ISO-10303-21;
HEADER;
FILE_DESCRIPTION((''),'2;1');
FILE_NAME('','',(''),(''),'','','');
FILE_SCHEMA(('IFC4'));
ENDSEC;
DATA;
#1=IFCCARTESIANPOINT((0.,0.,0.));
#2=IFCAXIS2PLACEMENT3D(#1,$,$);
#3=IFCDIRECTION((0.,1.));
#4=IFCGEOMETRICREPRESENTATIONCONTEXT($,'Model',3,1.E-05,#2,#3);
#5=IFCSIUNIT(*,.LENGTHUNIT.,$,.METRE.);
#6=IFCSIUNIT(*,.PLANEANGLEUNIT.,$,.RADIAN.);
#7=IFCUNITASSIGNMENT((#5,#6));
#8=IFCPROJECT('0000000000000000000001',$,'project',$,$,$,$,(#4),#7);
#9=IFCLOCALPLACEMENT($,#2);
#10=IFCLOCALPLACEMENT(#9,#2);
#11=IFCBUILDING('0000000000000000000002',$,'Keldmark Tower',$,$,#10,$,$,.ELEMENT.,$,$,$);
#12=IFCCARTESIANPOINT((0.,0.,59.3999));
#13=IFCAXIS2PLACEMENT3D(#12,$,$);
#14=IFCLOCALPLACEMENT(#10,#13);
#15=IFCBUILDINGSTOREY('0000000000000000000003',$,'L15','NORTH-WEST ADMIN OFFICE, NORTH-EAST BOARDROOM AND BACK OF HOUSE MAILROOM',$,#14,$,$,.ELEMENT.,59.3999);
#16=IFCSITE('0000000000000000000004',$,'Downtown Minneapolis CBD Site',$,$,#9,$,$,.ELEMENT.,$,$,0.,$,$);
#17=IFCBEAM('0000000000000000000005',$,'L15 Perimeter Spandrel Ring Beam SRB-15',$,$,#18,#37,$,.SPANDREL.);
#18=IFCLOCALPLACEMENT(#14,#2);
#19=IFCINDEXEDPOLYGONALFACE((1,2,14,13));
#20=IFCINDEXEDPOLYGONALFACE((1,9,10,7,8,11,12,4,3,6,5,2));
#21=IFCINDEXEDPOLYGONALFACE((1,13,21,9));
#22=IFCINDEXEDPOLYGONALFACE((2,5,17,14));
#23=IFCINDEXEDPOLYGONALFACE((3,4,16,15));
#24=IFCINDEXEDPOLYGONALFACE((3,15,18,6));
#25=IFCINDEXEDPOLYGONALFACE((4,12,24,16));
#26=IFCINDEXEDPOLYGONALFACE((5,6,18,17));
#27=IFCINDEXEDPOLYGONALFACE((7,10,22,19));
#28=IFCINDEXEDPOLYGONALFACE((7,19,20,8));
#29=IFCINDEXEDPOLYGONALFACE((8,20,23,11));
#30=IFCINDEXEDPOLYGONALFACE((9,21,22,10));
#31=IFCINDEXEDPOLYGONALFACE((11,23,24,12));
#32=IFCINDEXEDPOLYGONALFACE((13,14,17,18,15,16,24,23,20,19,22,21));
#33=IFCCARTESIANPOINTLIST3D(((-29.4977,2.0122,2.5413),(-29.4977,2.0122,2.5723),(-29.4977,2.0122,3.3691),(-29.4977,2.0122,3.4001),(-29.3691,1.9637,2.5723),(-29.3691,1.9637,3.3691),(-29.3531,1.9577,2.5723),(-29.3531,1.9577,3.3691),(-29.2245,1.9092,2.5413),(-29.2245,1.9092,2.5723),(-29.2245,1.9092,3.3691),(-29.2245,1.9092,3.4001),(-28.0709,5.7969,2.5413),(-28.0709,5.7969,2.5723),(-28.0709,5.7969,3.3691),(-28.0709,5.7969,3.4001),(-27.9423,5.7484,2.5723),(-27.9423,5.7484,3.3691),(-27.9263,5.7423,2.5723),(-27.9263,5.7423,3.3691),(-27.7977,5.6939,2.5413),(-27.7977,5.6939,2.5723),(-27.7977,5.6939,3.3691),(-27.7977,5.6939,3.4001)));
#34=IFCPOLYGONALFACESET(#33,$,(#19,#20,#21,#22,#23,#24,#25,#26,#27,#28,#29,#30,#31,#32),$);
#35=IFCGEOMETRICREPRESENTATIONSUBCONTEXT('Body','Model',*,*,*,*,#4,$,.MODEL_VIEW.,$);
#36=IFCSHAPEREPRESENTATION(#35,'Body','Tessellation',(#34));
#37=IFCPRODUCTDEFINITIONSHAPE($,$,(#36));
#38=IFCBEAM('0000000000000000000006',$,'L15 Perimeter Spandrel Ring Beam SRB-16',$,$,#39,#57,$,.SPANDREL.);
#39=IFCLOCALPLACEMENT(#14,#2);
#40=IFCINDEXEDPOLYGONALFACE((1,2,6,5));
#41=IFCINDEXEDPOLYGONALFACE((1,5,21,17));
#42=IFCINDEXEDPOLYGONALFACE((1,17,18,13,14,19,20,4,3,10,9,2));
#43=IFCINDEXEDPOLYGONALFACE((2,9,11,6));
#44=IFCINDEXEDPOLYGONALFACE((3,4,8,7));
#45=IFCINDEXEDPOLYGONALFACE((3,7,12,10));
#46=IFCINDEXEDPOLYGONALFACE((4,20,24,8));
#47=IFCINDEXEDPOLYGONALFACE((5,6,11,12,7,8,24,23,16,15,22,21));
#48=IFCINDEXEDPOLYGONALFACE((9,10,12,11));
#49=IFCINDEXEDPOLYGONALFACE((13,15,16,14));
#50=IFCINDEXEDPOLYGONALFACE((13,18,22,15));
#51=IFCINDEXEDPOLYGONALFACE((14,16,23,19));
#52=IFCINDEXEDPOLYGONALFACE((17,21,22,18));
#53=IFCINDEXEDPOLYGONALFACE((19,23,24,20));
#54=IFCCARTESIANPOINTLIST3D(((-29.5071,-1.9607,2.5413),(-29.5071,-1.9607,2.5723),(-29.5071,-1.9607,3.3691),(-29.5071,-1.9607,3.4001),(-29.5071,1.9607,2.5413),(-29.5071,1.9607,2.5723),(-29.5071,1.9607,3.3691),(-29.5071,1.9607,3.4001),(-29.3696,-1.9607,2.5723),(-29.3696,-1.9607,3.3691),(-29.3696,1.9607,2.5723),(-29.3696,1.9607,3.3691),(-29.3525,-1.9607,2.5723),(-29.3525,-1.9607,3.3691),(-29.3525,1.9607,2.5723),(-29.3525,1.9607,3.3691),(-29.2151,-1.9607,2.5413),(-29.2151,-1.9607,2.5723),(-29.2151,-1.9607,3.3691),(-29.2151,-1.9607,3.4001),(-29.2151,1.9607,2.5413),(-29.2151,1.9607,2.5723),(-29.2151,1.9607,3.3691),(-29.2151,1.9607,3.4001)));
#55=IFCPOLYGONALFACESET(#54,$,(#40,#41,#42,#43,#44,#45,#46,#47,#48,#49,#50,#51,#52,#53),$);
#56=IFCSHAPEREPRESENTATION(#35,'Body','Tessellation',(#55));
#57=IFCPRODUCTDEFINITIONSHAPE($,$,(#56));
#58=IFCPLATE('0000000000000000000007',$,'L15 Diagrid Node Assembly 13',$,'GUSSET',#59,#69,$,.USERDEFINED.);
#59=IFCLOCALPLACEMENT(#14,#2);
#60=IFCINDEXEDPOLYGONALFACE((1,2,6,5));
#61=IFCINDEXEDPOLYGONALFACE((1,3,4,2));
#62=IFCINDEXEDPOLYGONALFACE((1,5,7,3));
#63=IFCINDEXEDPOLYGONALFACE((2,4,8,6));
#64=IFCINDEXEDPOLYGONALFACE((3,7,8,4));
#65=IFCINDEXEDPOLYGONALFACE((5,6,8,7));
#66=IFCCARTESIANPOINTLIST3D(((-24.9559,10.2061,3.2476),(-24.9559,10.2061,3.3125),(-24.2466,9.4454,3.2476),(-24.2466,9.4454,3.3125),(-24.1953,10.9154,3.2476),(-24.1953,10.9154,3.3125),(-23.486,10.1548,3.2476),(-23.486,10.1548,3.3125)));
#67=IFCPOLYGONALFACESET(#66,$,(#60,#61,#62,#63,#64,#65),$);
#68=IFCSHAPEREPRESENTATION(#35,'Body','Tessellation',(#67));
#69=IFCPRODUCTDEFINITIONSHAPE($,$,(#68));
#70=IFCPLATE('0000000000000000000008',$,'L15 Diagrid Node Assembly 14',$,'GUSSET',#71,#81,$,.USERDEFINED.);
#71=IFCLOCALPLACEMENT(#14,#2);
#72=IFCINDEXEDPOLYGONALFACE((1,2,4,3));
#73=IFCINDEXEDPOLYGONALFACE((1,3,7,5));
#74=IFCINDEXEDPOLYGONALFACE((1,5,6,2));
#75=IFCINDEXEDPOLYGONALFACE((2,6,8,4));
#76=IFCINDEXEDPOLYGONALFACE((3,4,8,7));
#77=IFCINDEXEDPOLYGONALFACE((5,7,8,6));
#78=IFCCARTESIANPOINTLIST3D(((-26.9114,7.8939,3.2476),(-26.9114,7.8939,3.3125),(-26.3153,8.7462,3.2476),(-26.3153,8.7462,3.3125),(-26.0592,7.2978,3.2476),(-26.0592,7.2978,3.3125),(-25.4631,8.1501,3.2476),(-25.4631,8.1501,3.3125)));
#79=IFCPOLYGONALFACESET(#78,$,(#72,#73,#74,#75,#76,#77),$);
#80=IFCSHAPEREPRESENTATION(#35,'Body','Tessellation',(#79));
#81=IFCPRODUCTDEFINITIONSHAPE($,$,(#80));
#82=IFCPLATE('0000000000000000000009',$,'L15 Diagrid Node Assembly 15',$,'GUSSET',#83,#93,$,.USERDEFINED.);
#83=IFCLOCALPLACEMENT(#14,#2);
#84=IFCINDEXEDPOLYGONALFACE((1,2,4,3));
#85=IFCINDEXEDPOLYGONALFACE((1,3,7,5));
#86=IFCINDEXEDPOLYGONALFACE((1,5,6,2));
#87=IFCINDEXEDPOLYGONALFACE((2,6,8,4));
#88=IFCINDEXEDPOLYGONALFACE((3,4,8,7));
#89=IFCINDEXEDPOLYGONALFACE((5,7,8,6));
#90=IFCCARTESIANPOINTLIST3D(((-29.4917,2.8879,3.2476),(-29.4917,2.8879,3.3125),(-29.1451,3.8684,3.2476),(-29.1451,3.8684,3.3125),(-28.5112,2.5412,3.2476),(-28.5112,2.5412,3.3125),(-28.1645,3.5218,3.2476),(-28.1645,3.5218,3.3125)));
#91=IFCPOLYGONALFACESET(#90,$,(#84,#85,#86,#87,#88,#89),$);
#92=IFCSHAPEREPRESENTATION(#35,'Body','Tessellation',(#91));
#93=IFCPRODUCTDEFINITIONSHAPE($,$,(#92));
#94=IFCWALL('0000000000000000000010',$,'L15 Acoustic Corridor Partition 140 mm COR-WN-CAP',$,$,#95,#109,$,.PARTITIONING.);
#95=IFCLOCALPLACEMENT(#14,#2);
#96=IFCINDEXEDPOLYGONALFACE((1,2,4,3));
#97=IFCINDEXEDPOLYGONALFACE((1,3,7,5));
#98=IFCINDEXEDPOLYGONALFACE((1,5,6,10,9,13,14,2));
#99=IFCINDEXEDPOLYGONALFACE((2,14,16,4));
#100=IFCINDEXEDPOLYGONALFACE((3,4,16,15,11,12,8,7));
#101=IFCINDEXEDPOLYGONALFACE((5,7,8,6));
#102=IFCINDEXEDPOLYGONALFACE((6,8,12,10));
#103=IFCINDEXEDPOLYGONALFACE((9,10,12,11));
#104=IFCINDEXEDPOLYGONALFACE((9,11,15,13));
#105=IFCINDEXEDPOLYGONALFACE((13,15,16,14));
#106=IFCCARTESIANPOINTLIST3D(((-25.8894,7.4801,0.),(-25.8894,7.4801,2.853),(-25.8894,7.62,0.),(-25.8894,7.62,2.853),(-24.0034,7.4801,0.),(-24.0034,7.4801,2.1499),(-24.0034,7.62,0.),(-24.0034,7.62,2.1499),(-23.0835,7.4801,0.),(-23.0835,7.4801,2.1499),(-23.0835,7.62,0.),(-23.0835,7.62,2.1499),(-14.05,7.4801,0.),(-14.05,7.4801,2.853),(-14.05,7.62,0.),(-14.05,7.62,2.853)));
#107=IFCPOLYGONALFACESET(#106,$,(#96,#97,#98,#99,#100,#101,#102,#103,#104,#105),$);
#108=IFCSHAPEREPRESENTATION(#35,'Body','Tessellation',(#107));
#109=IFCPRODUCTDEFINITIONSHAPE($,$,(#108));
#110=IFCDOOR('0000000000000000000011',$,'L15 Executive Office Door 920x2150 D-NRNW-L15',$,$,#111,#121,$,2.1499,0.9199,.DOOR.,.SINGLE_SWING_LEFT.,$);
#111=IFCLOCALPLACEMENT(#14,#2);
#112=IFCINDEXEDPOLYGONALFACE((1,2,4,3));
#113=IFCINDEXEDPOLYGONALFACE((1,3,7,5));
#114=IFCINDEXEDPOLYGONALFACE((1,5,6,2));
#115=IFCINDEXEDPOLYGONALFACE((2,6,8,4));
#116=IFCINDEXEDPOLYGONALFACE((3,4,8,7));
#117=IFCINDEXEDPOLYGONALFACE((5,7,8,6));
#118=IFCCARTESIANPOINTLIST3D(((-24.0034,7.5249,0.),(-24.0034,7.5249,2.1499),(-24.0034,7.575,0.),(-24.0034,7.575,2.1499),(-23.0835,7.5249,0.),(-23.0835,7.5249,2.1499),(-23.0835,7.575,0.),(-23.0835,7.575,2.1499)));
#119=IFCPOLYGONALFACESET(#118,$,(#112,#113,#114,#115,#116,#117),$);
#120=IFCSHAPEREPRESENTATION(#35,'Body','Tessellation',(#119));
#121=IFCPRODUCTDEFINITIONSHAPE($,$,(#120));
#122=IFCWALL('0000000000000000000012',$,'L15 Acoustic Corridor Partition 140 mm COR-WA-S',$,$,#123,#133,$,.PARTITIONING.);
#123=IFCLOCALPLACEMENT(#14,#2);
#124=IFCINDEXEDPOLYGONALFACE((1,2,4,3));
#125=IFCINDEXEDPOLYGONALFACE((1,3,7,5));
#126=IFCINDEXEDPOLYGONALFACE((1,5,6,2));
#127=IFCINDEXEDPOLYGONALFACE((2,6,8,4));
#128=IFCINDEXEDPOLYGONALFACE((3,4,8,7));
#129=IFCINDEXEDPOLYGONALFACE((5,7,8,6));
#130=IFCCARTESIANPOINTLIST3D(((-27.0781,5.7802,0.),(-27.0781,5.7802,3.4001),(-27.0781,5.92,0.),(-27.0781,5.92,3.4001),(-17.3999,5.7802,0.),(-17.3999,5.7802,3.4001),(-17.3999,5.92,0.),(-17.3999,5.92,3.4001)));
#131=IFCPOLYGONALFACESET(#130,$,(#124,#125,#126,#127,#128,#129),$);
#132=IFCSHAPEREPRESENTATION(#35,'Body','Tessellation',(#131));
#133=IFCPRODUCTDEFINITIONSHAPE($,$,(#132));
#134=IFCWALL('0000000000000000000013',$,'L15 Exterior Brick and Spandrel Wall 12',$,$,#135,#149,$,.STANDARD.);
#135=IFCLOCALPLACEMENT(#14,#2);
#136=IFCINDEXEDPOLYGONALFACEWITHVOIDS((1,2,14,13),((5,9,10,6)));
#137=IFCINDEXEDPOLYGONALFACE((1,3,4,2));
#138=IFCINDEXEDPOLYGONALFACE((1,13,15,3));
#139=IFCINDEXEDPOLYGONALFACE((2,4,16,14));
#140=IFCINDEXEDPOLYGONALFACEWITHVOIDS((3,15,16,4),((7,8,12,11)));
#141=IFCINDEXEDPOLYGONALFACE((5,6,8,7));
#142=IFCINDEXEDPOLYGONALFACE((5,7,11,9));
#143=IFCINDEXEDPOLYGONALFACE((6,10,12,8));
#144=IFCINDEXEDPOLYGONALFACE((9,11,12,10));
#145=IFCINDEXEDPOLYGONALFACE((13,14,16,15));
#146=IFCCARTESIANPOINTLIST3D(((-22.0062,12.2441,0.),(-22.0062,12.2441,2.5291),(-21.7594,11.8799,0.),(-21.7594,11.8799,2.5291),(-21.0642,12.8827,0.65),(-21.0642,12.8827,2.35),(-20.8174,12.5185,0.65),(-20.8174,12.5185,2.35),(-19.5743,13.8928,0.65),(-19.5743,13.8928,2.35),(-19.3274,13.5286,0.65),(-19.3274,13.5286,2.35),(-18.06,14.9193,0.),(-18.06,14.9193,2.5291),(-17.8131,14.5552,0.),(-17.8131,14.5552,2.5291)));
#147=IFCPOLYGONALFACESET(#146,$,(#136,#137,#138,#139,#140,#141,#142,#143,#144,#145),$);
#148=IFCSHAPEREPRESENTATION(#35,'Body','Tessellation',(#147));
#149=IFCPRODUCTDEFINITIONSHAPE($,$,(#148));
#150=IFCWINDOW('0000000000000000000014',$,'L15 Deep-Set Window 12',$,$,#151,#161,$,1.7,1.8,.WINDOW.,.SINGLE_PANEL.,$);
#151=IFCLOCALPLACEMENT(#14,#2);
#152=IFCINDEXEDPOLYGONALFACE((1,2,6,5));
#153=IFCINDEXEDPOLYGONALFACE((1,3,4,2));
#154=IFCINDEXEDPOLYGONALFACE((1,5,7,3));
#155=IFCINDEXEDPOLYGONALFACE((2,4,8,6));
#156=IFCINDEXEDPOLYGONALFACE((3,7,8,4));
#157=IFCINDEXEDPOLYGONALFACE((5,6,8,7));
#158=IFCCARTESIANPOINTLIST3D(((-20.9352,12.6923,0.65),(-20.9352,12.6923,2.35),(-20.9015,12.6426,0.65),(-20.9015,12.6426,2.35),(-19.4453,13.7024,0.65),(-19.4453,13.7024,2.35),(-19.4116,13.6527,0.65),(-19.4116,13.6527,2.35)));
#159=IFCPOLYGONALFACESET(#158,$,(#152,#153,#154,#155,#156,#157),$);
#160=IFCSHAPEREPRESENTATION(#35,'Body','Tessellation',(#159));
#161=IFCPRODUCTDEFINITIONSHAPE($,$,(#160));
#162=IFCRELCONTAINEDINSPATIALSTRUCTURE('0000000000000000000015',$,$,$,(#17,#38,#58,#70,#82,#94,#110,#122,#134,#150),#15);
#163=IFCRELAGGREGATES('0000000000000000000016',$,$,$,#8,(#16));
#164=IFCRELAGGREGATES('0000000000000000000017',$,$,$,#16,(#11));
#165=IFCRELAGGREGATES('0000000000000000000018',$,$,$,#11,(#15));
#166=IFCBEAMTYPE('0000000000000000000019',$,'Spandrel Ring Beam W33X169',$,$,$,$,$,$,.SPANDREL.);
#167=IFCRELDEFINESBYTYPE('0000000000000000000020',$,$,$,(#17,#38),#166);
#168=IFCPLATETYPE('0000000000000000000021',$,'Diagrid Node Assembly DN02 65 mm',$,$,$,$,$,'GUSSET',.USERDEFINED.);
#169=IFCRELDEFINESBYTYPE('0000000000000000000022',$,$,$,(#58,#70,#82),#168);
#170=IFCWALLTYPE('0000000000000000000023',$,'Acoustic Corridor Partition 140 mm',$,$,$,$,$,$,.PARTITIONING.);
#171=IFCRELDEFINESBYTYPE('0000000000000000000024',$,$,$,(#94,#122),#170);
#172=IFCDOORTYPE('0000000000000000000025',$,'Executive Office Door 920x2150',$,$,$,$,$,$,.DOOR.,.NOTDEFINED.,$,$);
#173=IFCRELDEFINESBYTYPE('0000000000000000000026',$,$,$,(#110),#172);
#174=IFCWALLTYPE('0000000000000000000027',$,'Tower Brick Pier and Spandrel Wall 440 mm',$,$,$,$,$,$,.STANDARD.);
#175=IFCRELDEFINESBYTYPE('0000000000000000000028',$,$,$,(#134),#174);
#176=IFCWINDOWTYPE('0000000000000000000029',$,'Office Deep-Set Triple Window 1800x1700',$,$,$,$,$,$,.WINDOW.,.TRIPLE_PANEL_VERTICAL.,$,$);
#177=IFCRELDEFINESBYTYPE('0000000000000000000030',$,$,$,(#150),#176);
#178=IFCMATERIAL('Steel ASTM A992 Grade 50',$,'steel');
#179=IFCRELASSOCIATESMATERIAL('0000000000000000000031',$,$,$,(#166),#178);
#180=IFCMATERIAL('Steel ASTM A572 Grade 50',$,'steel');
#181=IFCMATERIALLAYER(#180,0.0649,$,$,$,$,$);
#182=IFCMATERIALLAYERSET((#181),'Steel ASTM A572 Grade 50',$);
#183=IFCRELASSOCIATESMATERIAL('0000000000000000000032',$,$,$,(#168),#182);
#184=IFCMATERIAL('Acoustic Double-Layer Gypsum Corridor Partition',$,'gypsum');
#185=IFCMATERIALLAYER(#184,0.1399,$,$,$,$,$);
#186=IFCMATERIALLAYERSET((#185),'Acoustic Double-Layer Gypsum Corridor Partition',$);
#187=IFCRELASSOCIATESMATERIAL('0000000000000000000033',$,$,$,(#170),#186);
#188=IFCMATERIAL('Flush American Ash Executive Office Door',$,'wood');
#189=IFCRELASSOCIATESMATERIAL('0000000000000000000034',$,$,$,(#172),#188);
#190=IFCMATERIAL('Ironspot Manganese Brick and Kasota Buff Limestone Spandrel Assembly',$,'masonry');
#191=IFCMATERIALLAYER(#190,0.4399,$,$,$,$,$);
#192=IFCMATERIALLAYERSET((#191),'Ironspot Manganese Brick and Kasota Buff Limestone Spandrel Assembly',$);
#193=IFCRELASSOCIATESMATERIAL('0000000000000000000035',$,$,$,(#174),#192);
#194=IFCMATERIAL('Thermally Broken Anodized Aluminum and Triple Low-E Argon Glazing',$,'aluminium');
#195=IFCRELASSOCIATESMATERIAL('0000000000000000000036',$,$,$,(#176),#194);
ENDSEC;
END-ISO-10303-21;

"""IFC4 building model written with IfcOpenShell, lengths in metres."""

from ifc_helpers import new_model, si_unit, direction, frame, frame_2d, origin, origin_2d, place, context, subcontext, project, spatial, rectangle, i_section, extrude, material, layer, layer_set, material_profile, profile_set, type_object, element, fill, save


model = new_model("IFC4")

# Units and contexts
model_context = context("Model", 3, precision=1e-05, world=origin(), true_north=direction((0.0, 1.0)))
body_context = subcontext(model_context, "Body", "Model", "MODEL_VIEW")
ifc_project = project(units=[si_unit("LENGTHUNIT", "METRE"), si_unit("PLANEANGLEUNIT", "RADIAN")], contexts=[model_context])

# Site, building, storey
site_placement = place(None, origin())
site = spatial("IfcSite", under=ifc_project, at=site_placement, Name="Downtown Minneapolis CBD Site", CompositionType="ELEMENT", RefElevation=0.0)
building_placement = place(site_placement, origin())
building = spatial("IfcBuilding", under=site, at=building_placement, Name="Keldmark Tower", CompositionType="ELEMENT")
storey_placement = place(building_placement, frame((0.0, 0.0, 59.3999)))
storey = spatial("IfcBuildingStorey", under=building, at=storey_placement, Name="L15", Description="NORTH-WEST ADMIN OFFICE, NORTH-EAST BOARDROOM AND BACK OF HOUSE MAILROOM", CompositionType="ELEMENT", Elevation=59.3999)

# Beams
ifc_material_1 = material(Name="Steel ASTM A992 Grade 50", Category="steel")
ifc_material_profile_1 = material_profile(ifc_material_1, i_section(OverallWidth=0.292, OverallDepth=0.8589, WebThickness=0.0171, FlangeThickness=0.031, at=origin_2d()), Name="W33X169")
ifc_profile_set_1 = profile_set([ifc_material_profile_1], Name="Steel ASTM A992 Grade 50")
beam_type_1 = type_object("IfcBeamType", Name="Spandrel Ring Beam W33X169", PredefinedType="SPANDREL", material=ifc_profile_set_1)
beam_1_placement = place(storey_placement, frame((-27.9343, 5.7454, 2.9707), z_axis=(-0.35275, -0.935718, 0.0), x_axis=(0.935718, -0.35275, 0.0)))
element("IfcBeam", 1, at=beam_1_placement, inside=storey, type_object=beam_type_1, Name="L15 Perimeter Spandrel Ring Beam SRB-15", PredefinedType="SPANDREL", context=body_context, shape_type="SweptSolid", body=[
    extrude(i_section(OverallWidth=0.292, OverallDepth=0.8589, WebThickness=0.0171, FlangeThickness=0.031, at=origin_2d()), origin(), (0.0, 0.0, 1.0), 4.0447),
])
beam_2_placement = place(storey_placement, frame((-29.3611, 1.9607, 2.9707), z_axis=(0.0, -1.0, 0.0), x_axis=(1.0, 0.0, 0.0)))
element("IfcBeam", 2, at=beam_2_placement, inside=storey, type_object=beam_type_1, Name="L15 Perimeter Spandrel Ring Beam SRB-16", PredefinedType="SPANDREL", context=body_context, shape_type="SweptSolid", body=[
    extrude(i_section(OverallWidth=0.292, OverallDepth=0.8589, WebThickness=0.0171, FlangeThickness=0.031, at=origin_2d()), origin(), (0.0, 0.0, 1.0), 3.9214),
])

# Plates
ifc_material_2 = material(Name="Steel ASTM A572 Grade 50", Category="steel")
ifc_layer_1 = layer(ifc_material_2, 0.0649)
ifc_layer_set_1 = layer_set([ifc_layer_1], Name="Steel ASTM A572 Grade 50")
plate_type = type_object("IfcPlateType", Name="Diagrid Node Assembly DN02 65 mm", ElementType="GUSSET", PredefinedType="USERDEFINED", material=ifc_layer_set_1)
for number, where, z_axis, x_axis, name in (
    (3, (-24.2209, 10.1804, 3.2476), (0.0, 0.0, 1.0), (-0.731354, -0.681998, 0.0), "L15 Diagrid Node Assembly 13"),
    (4, (-26.1873, 8.022, 3.2476), (0.0, 0.0, 1.0), (-0.573147, -0.819452, 0.0), "L15 Diagrid Node Assembly 14"),
    (5, (-28.8281, 3.2048, 3.2476), (0.0, 0.0, 1.0), (-0.333313, -0.942816, 0.0), "L15 Diagrid Node Assembly 15"),
):
    element("IfcPlate", number, at=place(storey_placement, frame(where, z_axis=z_axis, x_axis=x_axis)), inside=storey, type_object=plate_type, Name=name, ObjectType="GUSSET", PredefinedType="USERDEFINED", context=body_context, shape_type="SweptSolid", body=[
        extrude(rectangle(XDim=1.04, YDim=1.04, at=origin_2d()), origin(), (0.0, 0.0, 1.0), 0.0649),
    ])

# Wall, opening, door
ifc_material_3 = material(Name="Acoustic Double-Layer Gypsum Corridor Partition", Category="gypsum")
ifc_layer_2 = layer(ifc_material_3, 0.1399)
ifc_layer_set_2 = layer_set([ifc_layer_2], Name="Acoustic Double-Layer Gypsum Corridor Partition")
wall_type_1 = type_object("IfcWallType", Name="Acoustic Corridor Partition 140 mm", PredefinedType="PARTITIONING", material=ifc_layer_set_2)
wall_1_placement = place(storey_placement, frame((-25.8894, 7.55, 0.0), z_axis=(0.0, 0.0, 1.0), x_axis=(1.0, 0.0, 0.0)))
wall_1 = element("IfcWall", 6, at=wall_1_placement, inside=storey, type_object=wall_type_1, Name="L15 Acoustic Corridor Partition 140 mm COR-WN-CAP", PredefinedType="PARTITIONING", context=body_context, shape_type="SweptSolid", body=[
    extrude(rectangle(XDim=11.8394, YDim=0.1399, at=frame_2d((5.9197, 0.0))), origin(), (0.0, 0.0, 1.0), 2.853),
])
opening_1_placement = place(wall_1_placement, frame((1.886, 0.0, 0.0)))
opening_1 = element("IfcOpeningElement", 7, at=opening_1_placement, cuts=wall_1, PredefinedType="OPENING", context=body_context, shape_type="SweptSolid", body=[
    extrude(rectangle(XDim=0.9199, YDim=2.1499, at=frame_2d((0.46, 1.075))), frame((0.0, 0.0798, 0.0), z_axis=(0.0, -1.0, 0.0), x_axis=(1.0, 0.0, 0.0)), (0.0, 0.0, 1.0), 0.1599),
])
ifc_material_4 = material(Name="Flush American Ash Executive Office Door", Category="wood")
door_type = type_object("IfcDoorType", Name="Executive Office Door 920x2150", OperationType="NOTDEFINED", PredefinedType="DOOR", material=ifc_material_4)
door_placement = place(opening_1_placement, origin())
door = element("IfcDoor", 8, at=door_placement, inside=storey, type_object=door_type, Name="L15 Executive Office Door 920x2150 D-NRNW-L15", OperationType="SINGLE_SWING_LEFT", OverallHeight=2.1499, OverallWidth=0.9199, PredefinedType="DOOR", context=body_context, shape_type="SweptSolid", body=[
    extrude(rectangle(XDim=0.9199, YDim=2.1499, at=frame_2d((0.46, 1.075))), frame((0.0, 0.0249, 0.0), z_axis=(0.0, -1.0, 0.0), x_axis=(1.0, 0.0, 0.0)), (0.0, 0.0, 1.0), 0.05),
])
fill(opening_1, door)

# Wall
wall_2_placement = place(storey_placement, frame((-27.0781, 5.8501, 0.0), z_axis=(0.0, 0.0, 1.0), x_axis=(1.0, 0.0, 0.0)))
element("IfcWall", 9, at=wall_2_placement, inside=storey, type_object=wall_type_1, Name="L15 Acoustic Corridor Partition 140 mm COR-WA-S", PredefinedType="PARTITIONING", context=body_context, shape_type="SweptSolid", body=[
    extrude(rectangle(XDim=9.6782, YDim=0.1399, at=frame_2d((4.8391, 0.0))), origin(), (0.0, 0.0, 1.0), 3.4001),
])

# Wall, opening, window
ifc_material_5 = material(Name="Ironspot Manganese Brick and Kasota Buff Limestone Spandrel Assembly", Category="masonry")
ifc_layer_3 = layer(ifc_material_5, 0.4399)
ifc_layer_set_3 = layer_set([ifc_layer_3], Name="Ironspot Manganese Brick and Kasota Buff Limestone Spandrel Assembly")
wall_type_2 = type_object("IfcWallType", Name="Tower Brick Pier and Spandrel Wall 440 mm", PredefinedType="STANDARD", material=ifc_layer_set_3)
wall_3_placement = place(storey_placement, frame((-21.8828, 12.062, 0.0), z_axis=(0.0, 0.0, 1.0), x_axis=(0.827724, 0.561136, 0.0)))
wall_3 = element("IfcWall", 10, at=wall_3_placement, inside=storey, type_object=wall_type_2, Name="L15 Exterior Brick and Spandrel Wall 12", PredefinedType="STANDARD", context=body_context, shape_type="SweptSolid", body=[
    extrude(rectangle(XDim=4.7676, YDim=0.4399, at=frame_2d((2.3838, 0.0))), origin(), (0.0, 0.0, 1.0), 2.5291),
])
opening_2_placement = place(wall_3_placement, frame((1.1382, 0.0, 0.6499)))
opening_2 = element("IfcOpeningElement", 11, at=opening_2_placement, cuts=wall_3, PredefinedType="OPENING", context=body_context, shape_type="SweptSolid", body=[
    extrude(rectangle(XDim=1.8, YDim=1.7, at=frame_2d((0.8999, 0.8501))), frame((0.0, 0.23, 0.0), z_axis=(0.0, -1.0, 0.0), x_axis=(1.0, 0.0, 0.0)), (0.0, 0.0, 1.0), 0.46),
])
ifc_material_6 = material(Name="Thermally Broken Anodized Aluminum and Triple Low-E Argon Glazing", Category="aluminium")
window_type_1 = type_object("IfcWindowType", Name="Office Deep-Set Triple Window 1800x1700", PartitioningType="TRIPLE_PANEL_VERTICAL", PredefinedType="WINDOW", material=ifc_material_6)
window_1_placement = place(opening_2_placement, origin())
window_1 = element("IfcWindow", 12, at=window_1_placement, inside=storey, type_object=window_type_1, Name="L15 Deep-Set Window 12", OverallHeight=1.7, OverallWidth=1.8, PartitioningType="SINGLE_PANEL", PredefinedType="WINDOW", context=body_context, shape_type="SweptSolid", body=[
    extrude(rectangle(XDim=1.8, YDim=1.7, at=frame_2d((0.8999, 0.8501))), frame((0.0, -0.01, 0.0), z_axis=(0.0, -1.0, 0.0), x_axis=(1.0, 0.0, 0.0)), (0.0, 0.0, 1.0), 0.0601),
])
fill(opening_2, window_1)

save(model, "model.ifc")
